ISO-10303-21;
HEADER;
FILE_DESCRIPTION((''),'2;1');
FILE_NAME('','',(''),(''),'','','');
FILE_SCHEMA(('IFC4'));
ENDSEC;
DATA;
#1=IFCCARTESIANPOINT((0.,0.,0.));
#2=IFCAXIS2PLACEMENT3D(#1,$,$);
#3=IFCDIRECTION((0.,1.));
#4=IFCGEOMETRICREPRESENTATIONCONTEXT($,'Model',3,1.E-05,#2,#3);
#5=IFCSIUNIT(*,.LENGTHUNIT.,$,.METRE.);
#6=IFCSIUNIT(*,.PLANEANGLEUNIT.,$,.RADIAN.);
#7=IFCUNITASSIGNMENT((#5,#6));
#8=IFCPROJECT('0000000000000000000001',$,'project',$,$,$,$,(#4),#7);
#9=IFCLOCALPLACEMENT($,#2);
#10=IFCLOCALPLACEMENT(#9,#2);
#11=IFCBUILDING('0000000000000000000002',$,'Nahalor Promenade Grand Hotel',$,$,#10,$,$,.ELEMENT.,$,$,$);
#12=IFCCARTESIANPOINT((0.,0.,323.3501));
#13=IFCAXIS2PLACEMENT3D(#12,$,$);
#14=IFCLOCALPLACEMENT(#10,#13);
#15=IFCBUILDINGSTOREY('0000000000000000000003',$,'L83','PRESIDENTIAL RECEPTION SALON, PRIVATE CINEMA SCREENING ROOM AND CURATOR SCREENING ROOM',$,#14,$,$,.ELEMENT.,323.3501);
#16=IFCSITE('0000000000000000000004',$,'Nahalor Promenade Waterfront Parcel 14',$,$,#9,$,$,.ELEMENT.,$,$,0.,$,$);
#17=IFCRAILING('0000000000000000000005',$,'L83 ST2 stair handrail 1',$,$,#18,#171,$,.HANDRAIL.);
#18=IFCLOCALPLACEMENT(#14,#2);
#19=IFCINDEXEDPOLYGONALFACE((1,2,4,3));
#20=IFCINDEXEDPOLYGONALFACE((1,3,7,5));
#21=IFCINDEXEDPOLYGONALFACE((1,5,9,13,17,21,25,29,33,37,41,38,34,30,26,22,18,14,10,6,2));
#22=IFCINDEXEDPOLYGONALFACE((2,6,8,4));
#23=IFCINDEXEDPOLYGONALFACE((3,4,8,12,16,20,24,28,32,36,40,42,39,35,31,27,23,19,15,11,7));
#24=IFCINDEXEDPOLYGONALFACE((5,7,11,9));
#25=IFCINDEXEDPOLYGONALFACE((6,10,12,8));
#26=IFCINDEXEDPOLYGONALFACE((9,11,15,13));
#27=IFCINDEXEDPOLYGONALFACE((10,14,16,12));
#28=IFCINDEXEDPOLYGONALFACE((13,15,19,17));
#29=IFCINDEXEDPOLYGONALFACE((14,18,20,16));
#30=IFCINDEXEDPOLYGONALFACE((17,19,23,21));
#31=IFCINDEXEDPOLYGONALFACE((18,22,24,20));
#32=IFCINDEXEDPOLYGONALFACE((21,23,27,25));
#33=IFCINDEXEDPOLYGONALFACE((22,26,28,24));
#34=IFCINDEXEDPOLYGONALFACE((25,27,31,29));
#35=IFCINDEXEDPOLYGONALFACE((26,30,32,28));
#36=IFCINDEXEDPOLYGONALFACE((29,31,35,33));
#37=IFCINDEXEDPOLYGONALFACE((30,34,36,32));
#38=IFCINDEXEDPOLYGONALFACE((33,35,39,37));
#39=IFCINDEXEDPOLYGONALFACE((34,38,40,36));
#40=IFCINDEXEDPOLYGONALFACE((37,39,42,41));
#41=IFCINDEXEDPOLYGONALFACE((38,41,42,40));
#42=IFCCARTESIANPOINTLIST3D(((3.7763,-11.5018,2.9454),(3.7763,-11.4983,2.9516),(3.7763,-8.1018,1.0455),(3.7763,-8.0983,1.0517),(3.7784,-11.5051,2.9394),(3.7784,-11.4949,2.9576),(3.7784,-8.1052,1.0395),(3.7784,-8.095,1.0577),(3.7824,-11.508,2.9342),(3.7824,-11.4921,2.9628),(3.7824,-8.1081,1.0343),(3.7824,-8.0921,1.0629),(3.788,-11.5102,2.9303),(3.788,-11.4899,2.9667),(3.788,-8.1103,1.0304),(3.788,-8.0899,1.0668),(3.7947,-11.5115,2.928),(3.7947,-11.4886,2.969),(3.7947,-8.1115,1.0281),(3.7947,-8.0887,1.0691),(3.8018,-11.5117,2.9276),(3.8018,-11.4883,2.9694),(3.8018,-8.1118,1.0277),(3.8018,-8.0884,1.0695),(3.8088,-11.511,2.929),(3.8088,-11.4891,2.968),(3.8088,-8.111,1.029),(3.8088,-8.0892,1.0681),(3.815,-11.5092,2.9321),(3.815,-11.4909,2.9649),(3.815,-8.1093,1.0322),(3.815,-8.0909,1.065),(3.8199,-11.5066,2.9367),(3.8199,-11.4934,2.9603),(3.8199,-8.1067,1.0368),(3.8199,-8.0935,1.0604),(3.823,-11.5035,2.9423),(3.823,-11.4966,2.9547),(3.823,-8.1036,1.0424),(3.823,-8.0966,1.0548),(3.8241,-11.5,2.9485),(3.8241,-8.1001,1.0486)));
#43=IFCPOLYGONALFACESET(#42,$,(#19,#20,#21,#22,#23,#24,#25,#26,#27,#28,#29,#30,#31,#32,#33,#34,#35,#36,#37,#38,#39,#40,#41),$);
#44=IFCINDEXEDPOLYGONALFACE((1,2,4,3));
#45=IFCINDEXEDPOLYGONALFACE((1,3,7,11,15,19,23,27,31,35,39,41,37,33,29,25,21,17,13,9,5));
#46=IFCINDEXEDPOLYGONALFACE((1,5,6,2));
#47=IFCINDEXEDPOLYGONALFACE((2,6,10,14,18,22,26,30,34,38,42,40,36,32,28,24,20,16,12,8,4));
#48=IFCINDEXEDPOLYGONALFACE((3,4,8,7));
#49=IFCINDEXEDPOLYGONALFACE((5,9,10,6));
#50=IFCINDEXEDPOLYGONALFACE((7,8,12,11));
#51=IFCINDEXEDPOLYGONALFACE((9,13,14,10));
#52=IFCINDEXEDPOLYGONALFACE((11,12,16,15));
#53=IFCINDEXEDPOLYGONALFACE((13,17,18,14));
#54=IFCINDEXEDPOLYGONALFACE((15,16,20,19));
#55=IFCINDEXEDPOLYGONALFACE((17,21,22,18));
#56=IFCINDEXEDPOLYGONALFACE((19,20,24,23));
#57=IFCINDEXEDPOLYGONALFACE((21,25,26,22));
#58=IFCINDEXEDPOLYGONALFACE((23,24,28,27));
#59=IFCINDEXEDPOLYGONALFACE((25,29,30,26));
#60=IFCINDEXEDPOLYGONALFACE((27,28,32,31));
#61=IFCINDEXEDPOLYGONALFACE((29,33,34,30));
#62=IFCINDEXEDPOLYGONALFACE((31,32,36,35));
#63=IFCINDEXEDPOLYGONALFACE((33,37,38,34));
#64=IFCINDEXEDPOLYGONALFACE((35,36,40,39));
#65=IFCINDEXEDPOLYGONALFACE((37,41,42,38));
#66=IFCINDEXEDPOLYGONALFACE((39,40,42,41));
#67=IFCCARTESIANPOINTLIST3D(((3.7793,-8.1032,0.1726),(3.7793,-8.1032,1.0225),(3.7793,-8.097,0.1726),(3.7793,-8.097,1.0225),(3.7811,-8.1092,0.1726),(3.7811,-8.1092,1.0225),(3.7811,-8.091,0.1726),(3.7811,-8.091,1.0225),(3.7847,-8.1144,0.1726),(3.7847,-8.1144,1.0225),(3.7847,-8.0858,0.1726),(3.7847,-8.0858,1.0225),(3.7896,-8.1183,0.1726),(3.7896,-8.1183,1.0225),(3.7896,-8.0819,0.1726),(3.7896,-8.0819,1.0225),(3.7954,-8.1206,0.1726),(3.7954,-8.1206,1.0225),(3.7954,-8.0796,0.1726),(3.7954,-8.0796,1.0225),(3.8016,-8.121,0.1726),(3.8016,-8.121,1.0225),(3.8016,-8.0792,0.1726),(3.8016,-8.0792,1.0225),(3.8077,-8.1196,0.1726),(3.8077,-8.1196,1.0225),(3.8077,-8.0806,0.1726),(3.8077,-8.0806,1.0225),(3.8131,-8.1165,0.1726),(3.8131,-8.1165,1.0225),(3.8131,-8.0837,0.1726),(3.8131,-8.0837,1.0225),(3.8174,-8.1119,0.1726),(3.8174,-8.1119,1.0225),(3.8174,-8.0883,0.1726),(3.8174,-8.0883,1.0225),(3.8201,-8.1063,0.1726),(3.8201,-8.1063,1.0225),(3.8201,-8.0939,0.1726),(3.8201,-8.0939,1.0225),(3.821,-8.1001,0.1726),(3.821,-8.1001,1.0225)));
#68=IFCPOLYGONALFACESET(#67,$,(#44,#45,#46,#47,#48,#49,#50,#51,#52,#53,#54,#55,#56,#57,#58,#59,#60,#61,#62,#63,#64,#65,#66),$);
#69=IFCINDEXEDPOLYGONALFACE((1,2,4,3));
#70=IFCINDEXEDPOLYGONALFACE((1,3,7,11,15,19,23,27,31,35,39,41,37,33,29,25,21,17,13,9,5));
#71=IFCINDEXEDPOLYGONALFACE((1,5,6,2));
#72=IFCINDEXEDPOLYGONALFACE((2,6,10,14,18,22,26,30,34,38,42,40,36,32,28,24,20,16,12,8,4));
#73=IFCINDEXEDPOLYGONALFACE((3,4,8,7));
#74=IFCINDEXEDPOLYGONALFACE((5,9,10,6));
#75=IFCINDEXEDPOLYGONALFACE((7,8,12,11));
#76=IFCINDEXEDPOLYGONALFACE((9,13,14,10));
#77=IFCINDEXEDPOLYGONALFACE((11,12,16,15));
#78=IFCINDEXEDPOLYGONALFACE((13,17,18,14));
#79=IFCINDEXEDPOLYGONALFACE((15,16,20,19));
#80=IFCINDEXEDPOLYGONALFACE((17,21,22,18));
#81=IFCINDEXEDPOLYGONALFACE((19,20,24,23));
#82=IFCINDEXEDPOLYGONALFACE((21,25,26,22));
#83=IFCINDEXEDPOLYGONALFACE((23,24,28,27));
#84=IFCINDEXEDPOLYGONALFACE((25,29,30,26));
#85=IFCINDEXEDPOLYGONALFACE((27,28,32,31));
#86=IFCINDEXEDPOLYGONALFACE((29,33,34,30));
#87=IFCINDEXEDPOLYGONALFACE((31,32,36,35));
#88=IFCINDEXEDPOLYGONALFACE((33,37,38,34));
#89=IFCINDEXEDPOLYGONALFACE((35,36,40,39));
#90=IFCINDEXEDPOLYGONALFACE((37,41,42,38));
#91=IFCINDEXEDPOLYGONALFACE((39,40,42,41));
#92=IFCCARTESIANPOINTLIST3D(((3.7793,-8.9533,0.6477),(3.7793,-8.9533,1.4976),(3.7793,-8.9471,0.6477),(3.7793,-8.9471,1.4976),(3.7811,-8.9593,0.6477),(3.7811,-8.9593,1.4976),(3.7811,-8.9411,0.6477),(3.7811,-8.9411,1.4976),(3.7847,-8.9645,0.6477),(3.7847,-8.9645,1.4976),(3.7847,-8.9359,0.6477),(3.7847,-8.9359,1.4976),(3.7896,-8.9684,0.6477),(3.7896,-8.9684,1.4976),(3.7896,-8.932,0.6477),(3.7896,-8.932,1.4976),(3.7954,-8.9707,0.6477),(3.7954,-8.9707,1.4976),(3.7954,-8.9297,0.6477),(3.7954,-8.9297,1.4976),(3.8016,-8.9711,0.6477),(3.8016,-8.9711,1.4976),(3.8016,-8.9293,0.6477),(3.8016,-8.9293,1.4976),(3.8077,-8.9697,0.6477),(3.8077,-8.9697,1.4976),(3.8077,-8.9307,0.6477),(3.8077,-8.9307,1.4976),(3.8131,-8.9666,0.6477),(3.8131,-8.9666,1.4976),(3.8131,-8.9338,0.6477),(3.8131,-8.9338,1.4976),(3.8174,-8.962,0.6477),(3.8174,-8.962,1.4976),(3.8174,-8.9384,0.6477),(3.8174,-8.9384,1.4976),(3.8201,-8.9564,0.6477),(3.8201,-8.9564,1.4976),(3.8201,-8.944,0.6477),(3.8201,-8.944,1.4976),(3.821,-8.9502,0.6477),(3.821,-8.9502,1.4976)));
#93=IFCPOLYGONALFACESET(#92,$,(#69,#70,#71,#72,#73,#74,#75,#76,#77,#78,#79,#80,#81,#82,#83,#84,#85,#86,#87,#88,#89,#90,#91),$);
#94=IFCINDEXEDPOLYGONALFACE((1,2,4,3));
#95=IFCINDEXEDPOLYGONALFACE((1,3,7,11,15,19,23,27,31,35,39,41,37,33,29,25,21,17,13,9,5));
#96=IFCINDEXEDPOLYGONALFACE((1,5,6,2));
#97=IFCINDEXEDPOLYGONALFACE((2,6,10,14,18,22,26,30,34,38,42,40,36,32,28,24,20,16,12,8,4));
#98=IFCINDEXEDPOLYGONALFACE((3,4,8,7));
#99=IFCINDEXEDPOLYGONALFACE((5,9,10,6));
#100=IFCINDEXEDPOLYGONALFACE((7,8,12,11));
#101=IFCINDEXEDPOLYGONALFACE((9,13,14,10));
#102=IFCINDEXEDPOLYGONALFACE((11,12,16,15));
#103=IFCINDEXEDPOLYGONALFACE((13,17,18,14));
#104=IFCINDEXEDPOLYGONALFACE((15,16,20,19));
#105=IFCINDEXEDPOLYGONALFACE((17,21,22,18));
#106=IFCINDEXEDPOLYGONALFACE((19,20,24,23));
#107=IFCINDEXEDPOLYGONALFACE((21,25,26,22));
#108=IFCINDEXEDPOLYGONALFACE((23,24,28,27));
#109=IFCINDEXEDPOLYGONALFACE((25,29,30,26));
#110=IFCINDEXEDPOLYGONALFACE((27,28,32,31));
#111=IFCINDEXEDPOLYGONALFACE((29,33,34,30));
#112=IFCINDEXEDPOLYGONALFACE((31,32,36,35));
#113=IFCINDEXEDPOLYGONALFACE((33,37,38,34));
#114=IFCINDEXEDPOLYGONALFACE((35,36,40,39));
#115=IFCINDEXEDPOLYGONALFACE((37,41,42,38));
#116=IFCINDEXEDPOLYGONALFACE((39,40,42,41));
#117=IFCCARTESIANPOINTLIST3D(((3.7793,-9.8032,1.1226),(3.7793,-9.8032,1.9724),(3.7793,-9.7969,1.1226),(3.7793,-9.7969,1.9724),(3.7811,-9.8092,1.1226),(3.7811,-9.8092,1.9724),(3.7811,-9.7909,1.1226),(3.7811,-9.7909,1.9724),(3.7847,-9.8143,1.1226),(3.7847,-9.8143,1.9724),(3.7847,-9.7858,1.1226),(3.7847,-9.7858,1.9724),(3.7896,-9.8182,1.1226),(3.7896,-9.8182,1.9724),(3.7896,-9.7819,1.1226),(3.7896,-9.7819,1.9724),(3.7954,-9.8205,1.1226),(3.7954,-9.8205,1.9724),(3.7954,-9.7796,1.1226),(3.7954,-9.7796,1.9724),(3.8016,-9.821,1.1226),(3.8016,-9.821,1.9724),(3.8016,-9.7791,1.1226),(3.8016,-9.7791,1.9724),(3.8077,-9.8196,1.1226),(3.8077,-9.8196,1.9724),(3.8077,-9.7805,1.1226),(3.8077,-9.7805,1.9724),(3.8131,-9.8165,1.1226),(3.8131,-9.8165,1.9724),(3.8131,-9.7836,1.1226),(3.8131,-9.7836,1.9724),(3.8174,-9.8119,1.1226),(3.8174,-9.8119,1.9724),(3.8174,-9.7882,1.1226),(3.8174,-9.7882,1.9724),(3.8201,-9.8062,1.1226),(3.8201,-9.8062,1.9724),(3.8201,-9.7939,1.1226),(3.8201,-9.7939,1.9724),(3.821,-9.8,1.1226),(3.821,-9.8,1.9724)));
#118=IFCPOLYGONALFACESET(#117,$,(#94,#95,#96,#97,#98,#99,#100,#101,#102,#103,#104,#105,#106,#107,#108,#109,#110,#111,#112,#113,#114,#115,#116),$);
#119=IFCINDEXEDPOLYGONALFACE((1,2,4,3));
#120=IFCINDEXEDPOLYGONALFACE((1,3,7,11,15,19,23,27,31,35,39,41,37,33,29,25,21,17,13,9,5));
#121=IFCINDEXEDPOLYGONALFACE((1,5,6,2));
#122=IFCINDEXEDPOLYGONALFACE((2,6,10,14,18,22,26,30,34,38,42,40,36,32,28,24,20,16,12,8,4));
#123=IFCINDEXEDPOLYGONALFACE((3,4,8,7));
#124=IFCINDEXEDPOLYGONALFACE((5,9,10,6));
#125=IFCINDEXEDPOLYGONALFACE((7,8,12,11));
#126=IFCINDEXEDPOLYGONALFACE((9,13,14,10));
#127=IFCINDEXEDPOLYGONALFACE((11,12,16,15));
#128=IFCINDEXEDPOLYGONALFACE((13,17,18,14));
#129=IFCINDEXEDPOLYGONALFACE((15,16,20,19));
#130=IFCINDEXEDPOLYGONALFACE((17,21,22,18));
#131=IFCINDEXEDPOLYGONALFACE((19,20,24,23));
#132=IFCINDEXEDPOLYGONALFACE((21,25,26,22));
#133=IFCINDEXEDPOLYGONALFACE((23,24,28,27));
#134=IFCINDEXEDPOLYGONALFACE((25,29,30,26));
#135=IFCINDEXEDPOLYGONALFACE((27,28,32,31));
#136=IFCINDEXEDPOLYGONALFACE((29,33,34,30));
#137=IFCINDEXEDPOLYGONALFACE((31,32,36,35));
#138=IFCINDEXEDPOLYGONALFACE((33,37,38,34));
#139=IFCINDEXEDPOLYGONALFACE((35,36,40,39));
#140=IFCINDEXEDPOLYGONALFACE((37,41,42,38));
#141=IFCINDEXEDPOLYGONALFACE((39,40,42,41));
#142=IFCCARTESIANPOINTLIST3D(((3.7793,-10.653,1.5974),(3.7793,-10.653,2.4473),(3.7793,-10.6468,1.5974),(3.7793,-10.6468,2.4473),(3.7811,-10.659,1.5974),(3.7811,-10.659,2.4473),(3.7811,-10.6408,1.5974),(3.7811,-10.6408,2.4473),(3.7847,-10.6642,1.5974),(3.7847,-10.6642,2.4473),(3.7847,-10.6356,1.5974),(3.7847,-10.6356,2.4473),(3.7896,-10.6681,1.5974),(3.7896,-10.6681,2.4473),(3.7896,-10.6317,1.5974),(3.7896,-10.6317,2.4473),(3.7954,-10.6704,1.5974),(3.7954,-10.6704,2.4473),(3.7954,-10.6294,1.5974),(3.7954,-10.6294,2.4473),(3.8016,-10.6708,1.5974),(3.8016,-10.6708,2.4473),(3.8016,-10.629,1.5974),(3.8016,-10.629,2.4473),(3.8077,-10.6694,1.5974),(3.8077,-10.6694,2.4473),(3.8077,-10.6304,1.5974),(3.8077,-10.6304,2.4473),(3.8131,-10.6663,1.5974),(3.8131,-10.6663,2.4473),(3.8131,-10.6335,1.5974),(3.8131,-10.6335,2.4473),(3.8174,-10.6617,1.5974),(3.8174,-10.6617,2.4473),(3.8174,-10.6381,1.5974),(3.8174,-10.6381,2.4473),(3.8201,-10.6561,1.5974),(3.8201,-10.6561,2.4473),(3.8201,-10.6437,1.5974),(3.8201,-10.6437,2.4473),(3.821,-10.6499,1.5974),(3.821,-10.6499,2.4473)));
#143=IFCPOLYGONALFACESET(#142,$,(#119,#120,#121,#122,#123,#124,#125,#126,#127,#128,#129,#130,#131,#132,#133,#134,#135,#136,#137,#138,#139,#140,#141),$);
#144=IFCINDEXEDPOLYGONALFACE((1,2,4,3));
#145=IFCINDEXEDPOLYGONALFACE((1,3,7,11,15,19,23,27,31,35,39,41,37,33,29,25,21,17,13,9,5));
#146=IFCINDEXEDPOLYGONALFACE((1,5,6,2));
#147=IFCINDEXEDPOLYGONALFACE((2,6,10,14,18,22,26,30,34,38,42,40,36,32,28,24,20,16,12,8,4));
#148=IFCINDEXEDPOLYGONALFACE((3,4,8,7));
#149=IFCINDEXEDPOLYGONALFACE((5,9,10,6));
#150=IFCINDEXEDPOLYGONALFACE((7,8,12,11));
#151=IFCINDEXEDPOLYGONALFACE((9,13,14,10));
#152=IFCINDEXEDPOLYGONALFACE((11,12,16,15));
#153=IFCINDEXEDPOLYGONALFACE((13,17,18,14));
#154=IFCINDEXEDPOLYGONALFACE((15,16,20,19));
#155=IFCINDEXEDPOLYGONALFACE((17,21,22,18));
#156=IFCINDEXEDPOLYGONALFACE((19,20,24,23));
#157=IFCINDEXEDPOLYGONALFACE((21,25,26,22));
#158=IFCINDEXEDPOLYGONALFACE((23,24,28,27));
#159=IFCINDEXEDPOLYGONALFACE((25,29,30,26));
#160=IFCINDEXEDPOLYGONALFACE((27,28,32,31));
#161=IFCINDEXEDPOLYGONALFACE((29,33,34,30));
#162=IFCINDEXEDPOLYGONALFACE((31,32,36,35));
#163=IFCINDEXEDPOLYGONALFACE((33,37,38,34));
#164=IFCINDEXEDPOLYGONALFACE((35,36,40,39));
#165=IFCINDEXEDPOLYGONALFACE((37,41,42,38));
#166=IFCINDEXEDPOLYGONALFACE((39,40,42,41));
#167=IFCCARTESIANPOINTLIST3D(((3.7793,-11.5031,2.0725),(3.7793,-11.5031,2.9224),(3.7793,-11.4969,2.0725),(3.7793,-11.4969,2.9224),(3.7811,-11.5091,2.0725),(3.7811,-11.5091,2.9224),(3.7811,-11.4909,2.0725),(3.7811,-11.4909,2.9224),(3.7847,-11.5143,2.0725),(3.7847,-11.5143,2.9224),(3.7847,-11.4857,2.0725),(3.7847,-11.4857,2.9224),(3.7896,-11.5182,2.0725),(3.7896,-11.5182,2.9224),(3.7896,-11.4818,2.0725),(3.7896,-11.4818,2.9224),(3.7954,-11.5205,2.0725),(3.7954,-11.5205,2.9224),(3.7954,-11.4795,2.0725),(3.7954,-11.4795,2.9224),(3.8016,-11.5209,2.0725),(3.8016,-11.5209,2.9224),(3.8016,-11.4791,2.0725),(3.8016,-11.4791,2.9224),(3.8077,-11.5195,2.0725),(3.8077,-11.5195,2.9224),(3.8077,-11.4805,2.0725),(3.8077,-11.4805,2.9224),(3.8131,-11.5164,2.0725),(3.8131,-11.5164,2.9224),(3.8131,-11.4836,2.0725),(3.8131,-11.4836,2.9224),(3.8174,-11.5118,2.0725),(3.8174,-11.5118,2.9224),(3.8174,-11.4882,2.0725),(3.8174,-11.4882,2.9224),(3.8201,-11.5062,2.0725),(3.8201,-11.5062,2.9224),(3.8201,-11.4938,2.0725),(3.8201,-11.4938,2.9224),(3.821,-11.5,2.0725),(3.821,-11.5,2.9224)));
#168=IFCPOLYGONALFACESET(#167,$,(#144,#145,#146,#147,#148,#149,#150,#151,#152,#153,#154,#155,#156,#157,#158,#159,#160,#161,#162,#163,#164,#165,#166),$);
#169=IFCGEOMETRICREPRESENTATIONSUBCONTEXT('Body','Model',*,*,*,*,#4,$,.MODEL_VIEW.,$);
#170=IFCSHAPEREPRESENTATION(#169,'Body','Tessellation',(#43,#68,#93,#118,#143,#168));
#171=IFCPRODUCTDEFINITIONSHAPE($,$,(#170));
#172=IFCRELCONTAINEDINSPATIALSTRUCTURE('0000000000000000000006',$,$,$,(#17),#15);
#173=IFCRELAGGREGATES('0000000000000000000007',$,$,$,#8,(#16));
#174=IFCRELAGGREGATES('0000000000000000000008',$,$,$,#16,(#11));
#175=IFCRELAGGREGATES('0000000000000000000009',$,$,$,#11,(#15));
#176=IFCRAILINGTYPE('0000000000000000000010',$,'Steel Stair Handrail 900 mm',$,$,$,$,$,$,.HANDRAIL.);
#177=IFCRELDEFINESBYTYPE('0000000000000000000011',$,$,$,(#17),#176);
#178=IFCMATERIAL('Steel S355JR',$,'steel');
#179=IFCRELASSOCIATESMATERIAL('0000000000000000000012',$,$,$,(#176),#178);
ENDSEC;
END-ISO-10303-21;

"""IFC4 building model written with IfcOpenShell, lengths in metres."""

from ifc_helpers import new_model, si_unit, direction, frame, origin, origin_2d, place, context, subcontext, project, spatial, circle, extrude, material, type_object, element, save


model = new_model("IFC4")

# Units and contexts
model_context = context("Model", 3, precision=1e-05, world=origin(), true_north=direction((0.0, 1.0)))
body_context = subcontext(model_context, "Body", "Model", "MODEL_VIEW")
ifc_project = project(units=[si_unit("LENGTHUNIT", "METRE"), si_unit("PLANEANGLEUNIT", "RADIAN")], contexts=[model_context])

# Site, building, storey
site_placement = place(None, origin())
site = spatial("IfcSite", under=ifc_project, at=site_placement, Name="Nahalor Promenade Waterfront Parcel 14", CompositionType="ELEMENT", RefElevation=0.0)
building_placement = place(site_placement, origin())
building = spatial("IfcBuilding", under=site, at=building_placement, Name="Nahalor Promenade Grand Hotel", CompositionType="ELEMENT")
storey_placement = place(building_placement, frame((0.0, 0.0, 323.3501)))
storey = spatial("IfcBuildingStorey", under=building, at=storey_placement, Name="L83", Description="PRESIDENTIAL RECEPTION SALON, PRIVATE CINEMA SCREENING ROOM AND CURATOR SCREENING ROOM", CompositionType="ELEMENT", Elevation=323.3501)

# Shared definitions
ifc_material_1 = material(Name="Steel S355JR", Category="steel")

# Railing
railing_type_1 = type_object("IfcRailingType", Name="Steel Stair Handrail 900 mm", PredefinedType="HANDRAIL", material=ifc_material_1)
railing_1_placement = place(storey_placement, frame((3.8, -8.1001, 0.1726)))
element("IfcRailing", 1, at=railing_1_placement, inside=storey, type_object=railing_type_1, Name="L83 ST2 stair handrail 1", PredefinedType="HANDRAIL", context=body_context, shape_type="SweptSolid", body=[
    extrude(circle(Radius=0.024, at=origin_2d()), frame((0.0, 0.0, 0.876), z_axis=(0.0, -0.872948, 0.487813), x_axis=(1.0, 0.0, 0.0)), (0.0, 0.0, 1.0), 3.8948),
    extrude(circle(Radius=0.021, at=origin_2d()), origin(), (0.0, 0.0, 1.0), 0.8499),
    extrude(circle(Radius=0.021, at=origin_2d()), frame((0.0, -0.8501, 0.4751)), (0.0, 0.0, 1.0), 0.8499),
    extrude(circle(Radius=0.021, at=origin_2d()), frame((0.0, -1.7, 0.95)), (0.0, 0.0, 1.0), 0.8499),
    extrude(circle(Radius=0.021, at=origin_2d()), frame((0.0, -2.5498, 1.4248)), (0.0, 0.0, 1.0), 0.8499),
    extrude(circle(Radius=0.021, at=origin_2d()), frame((0.0, -3.3999, 1.8999)), (0.0, 0.0, 1.0), 0.8499),
])

save(model, "model.ifc")
